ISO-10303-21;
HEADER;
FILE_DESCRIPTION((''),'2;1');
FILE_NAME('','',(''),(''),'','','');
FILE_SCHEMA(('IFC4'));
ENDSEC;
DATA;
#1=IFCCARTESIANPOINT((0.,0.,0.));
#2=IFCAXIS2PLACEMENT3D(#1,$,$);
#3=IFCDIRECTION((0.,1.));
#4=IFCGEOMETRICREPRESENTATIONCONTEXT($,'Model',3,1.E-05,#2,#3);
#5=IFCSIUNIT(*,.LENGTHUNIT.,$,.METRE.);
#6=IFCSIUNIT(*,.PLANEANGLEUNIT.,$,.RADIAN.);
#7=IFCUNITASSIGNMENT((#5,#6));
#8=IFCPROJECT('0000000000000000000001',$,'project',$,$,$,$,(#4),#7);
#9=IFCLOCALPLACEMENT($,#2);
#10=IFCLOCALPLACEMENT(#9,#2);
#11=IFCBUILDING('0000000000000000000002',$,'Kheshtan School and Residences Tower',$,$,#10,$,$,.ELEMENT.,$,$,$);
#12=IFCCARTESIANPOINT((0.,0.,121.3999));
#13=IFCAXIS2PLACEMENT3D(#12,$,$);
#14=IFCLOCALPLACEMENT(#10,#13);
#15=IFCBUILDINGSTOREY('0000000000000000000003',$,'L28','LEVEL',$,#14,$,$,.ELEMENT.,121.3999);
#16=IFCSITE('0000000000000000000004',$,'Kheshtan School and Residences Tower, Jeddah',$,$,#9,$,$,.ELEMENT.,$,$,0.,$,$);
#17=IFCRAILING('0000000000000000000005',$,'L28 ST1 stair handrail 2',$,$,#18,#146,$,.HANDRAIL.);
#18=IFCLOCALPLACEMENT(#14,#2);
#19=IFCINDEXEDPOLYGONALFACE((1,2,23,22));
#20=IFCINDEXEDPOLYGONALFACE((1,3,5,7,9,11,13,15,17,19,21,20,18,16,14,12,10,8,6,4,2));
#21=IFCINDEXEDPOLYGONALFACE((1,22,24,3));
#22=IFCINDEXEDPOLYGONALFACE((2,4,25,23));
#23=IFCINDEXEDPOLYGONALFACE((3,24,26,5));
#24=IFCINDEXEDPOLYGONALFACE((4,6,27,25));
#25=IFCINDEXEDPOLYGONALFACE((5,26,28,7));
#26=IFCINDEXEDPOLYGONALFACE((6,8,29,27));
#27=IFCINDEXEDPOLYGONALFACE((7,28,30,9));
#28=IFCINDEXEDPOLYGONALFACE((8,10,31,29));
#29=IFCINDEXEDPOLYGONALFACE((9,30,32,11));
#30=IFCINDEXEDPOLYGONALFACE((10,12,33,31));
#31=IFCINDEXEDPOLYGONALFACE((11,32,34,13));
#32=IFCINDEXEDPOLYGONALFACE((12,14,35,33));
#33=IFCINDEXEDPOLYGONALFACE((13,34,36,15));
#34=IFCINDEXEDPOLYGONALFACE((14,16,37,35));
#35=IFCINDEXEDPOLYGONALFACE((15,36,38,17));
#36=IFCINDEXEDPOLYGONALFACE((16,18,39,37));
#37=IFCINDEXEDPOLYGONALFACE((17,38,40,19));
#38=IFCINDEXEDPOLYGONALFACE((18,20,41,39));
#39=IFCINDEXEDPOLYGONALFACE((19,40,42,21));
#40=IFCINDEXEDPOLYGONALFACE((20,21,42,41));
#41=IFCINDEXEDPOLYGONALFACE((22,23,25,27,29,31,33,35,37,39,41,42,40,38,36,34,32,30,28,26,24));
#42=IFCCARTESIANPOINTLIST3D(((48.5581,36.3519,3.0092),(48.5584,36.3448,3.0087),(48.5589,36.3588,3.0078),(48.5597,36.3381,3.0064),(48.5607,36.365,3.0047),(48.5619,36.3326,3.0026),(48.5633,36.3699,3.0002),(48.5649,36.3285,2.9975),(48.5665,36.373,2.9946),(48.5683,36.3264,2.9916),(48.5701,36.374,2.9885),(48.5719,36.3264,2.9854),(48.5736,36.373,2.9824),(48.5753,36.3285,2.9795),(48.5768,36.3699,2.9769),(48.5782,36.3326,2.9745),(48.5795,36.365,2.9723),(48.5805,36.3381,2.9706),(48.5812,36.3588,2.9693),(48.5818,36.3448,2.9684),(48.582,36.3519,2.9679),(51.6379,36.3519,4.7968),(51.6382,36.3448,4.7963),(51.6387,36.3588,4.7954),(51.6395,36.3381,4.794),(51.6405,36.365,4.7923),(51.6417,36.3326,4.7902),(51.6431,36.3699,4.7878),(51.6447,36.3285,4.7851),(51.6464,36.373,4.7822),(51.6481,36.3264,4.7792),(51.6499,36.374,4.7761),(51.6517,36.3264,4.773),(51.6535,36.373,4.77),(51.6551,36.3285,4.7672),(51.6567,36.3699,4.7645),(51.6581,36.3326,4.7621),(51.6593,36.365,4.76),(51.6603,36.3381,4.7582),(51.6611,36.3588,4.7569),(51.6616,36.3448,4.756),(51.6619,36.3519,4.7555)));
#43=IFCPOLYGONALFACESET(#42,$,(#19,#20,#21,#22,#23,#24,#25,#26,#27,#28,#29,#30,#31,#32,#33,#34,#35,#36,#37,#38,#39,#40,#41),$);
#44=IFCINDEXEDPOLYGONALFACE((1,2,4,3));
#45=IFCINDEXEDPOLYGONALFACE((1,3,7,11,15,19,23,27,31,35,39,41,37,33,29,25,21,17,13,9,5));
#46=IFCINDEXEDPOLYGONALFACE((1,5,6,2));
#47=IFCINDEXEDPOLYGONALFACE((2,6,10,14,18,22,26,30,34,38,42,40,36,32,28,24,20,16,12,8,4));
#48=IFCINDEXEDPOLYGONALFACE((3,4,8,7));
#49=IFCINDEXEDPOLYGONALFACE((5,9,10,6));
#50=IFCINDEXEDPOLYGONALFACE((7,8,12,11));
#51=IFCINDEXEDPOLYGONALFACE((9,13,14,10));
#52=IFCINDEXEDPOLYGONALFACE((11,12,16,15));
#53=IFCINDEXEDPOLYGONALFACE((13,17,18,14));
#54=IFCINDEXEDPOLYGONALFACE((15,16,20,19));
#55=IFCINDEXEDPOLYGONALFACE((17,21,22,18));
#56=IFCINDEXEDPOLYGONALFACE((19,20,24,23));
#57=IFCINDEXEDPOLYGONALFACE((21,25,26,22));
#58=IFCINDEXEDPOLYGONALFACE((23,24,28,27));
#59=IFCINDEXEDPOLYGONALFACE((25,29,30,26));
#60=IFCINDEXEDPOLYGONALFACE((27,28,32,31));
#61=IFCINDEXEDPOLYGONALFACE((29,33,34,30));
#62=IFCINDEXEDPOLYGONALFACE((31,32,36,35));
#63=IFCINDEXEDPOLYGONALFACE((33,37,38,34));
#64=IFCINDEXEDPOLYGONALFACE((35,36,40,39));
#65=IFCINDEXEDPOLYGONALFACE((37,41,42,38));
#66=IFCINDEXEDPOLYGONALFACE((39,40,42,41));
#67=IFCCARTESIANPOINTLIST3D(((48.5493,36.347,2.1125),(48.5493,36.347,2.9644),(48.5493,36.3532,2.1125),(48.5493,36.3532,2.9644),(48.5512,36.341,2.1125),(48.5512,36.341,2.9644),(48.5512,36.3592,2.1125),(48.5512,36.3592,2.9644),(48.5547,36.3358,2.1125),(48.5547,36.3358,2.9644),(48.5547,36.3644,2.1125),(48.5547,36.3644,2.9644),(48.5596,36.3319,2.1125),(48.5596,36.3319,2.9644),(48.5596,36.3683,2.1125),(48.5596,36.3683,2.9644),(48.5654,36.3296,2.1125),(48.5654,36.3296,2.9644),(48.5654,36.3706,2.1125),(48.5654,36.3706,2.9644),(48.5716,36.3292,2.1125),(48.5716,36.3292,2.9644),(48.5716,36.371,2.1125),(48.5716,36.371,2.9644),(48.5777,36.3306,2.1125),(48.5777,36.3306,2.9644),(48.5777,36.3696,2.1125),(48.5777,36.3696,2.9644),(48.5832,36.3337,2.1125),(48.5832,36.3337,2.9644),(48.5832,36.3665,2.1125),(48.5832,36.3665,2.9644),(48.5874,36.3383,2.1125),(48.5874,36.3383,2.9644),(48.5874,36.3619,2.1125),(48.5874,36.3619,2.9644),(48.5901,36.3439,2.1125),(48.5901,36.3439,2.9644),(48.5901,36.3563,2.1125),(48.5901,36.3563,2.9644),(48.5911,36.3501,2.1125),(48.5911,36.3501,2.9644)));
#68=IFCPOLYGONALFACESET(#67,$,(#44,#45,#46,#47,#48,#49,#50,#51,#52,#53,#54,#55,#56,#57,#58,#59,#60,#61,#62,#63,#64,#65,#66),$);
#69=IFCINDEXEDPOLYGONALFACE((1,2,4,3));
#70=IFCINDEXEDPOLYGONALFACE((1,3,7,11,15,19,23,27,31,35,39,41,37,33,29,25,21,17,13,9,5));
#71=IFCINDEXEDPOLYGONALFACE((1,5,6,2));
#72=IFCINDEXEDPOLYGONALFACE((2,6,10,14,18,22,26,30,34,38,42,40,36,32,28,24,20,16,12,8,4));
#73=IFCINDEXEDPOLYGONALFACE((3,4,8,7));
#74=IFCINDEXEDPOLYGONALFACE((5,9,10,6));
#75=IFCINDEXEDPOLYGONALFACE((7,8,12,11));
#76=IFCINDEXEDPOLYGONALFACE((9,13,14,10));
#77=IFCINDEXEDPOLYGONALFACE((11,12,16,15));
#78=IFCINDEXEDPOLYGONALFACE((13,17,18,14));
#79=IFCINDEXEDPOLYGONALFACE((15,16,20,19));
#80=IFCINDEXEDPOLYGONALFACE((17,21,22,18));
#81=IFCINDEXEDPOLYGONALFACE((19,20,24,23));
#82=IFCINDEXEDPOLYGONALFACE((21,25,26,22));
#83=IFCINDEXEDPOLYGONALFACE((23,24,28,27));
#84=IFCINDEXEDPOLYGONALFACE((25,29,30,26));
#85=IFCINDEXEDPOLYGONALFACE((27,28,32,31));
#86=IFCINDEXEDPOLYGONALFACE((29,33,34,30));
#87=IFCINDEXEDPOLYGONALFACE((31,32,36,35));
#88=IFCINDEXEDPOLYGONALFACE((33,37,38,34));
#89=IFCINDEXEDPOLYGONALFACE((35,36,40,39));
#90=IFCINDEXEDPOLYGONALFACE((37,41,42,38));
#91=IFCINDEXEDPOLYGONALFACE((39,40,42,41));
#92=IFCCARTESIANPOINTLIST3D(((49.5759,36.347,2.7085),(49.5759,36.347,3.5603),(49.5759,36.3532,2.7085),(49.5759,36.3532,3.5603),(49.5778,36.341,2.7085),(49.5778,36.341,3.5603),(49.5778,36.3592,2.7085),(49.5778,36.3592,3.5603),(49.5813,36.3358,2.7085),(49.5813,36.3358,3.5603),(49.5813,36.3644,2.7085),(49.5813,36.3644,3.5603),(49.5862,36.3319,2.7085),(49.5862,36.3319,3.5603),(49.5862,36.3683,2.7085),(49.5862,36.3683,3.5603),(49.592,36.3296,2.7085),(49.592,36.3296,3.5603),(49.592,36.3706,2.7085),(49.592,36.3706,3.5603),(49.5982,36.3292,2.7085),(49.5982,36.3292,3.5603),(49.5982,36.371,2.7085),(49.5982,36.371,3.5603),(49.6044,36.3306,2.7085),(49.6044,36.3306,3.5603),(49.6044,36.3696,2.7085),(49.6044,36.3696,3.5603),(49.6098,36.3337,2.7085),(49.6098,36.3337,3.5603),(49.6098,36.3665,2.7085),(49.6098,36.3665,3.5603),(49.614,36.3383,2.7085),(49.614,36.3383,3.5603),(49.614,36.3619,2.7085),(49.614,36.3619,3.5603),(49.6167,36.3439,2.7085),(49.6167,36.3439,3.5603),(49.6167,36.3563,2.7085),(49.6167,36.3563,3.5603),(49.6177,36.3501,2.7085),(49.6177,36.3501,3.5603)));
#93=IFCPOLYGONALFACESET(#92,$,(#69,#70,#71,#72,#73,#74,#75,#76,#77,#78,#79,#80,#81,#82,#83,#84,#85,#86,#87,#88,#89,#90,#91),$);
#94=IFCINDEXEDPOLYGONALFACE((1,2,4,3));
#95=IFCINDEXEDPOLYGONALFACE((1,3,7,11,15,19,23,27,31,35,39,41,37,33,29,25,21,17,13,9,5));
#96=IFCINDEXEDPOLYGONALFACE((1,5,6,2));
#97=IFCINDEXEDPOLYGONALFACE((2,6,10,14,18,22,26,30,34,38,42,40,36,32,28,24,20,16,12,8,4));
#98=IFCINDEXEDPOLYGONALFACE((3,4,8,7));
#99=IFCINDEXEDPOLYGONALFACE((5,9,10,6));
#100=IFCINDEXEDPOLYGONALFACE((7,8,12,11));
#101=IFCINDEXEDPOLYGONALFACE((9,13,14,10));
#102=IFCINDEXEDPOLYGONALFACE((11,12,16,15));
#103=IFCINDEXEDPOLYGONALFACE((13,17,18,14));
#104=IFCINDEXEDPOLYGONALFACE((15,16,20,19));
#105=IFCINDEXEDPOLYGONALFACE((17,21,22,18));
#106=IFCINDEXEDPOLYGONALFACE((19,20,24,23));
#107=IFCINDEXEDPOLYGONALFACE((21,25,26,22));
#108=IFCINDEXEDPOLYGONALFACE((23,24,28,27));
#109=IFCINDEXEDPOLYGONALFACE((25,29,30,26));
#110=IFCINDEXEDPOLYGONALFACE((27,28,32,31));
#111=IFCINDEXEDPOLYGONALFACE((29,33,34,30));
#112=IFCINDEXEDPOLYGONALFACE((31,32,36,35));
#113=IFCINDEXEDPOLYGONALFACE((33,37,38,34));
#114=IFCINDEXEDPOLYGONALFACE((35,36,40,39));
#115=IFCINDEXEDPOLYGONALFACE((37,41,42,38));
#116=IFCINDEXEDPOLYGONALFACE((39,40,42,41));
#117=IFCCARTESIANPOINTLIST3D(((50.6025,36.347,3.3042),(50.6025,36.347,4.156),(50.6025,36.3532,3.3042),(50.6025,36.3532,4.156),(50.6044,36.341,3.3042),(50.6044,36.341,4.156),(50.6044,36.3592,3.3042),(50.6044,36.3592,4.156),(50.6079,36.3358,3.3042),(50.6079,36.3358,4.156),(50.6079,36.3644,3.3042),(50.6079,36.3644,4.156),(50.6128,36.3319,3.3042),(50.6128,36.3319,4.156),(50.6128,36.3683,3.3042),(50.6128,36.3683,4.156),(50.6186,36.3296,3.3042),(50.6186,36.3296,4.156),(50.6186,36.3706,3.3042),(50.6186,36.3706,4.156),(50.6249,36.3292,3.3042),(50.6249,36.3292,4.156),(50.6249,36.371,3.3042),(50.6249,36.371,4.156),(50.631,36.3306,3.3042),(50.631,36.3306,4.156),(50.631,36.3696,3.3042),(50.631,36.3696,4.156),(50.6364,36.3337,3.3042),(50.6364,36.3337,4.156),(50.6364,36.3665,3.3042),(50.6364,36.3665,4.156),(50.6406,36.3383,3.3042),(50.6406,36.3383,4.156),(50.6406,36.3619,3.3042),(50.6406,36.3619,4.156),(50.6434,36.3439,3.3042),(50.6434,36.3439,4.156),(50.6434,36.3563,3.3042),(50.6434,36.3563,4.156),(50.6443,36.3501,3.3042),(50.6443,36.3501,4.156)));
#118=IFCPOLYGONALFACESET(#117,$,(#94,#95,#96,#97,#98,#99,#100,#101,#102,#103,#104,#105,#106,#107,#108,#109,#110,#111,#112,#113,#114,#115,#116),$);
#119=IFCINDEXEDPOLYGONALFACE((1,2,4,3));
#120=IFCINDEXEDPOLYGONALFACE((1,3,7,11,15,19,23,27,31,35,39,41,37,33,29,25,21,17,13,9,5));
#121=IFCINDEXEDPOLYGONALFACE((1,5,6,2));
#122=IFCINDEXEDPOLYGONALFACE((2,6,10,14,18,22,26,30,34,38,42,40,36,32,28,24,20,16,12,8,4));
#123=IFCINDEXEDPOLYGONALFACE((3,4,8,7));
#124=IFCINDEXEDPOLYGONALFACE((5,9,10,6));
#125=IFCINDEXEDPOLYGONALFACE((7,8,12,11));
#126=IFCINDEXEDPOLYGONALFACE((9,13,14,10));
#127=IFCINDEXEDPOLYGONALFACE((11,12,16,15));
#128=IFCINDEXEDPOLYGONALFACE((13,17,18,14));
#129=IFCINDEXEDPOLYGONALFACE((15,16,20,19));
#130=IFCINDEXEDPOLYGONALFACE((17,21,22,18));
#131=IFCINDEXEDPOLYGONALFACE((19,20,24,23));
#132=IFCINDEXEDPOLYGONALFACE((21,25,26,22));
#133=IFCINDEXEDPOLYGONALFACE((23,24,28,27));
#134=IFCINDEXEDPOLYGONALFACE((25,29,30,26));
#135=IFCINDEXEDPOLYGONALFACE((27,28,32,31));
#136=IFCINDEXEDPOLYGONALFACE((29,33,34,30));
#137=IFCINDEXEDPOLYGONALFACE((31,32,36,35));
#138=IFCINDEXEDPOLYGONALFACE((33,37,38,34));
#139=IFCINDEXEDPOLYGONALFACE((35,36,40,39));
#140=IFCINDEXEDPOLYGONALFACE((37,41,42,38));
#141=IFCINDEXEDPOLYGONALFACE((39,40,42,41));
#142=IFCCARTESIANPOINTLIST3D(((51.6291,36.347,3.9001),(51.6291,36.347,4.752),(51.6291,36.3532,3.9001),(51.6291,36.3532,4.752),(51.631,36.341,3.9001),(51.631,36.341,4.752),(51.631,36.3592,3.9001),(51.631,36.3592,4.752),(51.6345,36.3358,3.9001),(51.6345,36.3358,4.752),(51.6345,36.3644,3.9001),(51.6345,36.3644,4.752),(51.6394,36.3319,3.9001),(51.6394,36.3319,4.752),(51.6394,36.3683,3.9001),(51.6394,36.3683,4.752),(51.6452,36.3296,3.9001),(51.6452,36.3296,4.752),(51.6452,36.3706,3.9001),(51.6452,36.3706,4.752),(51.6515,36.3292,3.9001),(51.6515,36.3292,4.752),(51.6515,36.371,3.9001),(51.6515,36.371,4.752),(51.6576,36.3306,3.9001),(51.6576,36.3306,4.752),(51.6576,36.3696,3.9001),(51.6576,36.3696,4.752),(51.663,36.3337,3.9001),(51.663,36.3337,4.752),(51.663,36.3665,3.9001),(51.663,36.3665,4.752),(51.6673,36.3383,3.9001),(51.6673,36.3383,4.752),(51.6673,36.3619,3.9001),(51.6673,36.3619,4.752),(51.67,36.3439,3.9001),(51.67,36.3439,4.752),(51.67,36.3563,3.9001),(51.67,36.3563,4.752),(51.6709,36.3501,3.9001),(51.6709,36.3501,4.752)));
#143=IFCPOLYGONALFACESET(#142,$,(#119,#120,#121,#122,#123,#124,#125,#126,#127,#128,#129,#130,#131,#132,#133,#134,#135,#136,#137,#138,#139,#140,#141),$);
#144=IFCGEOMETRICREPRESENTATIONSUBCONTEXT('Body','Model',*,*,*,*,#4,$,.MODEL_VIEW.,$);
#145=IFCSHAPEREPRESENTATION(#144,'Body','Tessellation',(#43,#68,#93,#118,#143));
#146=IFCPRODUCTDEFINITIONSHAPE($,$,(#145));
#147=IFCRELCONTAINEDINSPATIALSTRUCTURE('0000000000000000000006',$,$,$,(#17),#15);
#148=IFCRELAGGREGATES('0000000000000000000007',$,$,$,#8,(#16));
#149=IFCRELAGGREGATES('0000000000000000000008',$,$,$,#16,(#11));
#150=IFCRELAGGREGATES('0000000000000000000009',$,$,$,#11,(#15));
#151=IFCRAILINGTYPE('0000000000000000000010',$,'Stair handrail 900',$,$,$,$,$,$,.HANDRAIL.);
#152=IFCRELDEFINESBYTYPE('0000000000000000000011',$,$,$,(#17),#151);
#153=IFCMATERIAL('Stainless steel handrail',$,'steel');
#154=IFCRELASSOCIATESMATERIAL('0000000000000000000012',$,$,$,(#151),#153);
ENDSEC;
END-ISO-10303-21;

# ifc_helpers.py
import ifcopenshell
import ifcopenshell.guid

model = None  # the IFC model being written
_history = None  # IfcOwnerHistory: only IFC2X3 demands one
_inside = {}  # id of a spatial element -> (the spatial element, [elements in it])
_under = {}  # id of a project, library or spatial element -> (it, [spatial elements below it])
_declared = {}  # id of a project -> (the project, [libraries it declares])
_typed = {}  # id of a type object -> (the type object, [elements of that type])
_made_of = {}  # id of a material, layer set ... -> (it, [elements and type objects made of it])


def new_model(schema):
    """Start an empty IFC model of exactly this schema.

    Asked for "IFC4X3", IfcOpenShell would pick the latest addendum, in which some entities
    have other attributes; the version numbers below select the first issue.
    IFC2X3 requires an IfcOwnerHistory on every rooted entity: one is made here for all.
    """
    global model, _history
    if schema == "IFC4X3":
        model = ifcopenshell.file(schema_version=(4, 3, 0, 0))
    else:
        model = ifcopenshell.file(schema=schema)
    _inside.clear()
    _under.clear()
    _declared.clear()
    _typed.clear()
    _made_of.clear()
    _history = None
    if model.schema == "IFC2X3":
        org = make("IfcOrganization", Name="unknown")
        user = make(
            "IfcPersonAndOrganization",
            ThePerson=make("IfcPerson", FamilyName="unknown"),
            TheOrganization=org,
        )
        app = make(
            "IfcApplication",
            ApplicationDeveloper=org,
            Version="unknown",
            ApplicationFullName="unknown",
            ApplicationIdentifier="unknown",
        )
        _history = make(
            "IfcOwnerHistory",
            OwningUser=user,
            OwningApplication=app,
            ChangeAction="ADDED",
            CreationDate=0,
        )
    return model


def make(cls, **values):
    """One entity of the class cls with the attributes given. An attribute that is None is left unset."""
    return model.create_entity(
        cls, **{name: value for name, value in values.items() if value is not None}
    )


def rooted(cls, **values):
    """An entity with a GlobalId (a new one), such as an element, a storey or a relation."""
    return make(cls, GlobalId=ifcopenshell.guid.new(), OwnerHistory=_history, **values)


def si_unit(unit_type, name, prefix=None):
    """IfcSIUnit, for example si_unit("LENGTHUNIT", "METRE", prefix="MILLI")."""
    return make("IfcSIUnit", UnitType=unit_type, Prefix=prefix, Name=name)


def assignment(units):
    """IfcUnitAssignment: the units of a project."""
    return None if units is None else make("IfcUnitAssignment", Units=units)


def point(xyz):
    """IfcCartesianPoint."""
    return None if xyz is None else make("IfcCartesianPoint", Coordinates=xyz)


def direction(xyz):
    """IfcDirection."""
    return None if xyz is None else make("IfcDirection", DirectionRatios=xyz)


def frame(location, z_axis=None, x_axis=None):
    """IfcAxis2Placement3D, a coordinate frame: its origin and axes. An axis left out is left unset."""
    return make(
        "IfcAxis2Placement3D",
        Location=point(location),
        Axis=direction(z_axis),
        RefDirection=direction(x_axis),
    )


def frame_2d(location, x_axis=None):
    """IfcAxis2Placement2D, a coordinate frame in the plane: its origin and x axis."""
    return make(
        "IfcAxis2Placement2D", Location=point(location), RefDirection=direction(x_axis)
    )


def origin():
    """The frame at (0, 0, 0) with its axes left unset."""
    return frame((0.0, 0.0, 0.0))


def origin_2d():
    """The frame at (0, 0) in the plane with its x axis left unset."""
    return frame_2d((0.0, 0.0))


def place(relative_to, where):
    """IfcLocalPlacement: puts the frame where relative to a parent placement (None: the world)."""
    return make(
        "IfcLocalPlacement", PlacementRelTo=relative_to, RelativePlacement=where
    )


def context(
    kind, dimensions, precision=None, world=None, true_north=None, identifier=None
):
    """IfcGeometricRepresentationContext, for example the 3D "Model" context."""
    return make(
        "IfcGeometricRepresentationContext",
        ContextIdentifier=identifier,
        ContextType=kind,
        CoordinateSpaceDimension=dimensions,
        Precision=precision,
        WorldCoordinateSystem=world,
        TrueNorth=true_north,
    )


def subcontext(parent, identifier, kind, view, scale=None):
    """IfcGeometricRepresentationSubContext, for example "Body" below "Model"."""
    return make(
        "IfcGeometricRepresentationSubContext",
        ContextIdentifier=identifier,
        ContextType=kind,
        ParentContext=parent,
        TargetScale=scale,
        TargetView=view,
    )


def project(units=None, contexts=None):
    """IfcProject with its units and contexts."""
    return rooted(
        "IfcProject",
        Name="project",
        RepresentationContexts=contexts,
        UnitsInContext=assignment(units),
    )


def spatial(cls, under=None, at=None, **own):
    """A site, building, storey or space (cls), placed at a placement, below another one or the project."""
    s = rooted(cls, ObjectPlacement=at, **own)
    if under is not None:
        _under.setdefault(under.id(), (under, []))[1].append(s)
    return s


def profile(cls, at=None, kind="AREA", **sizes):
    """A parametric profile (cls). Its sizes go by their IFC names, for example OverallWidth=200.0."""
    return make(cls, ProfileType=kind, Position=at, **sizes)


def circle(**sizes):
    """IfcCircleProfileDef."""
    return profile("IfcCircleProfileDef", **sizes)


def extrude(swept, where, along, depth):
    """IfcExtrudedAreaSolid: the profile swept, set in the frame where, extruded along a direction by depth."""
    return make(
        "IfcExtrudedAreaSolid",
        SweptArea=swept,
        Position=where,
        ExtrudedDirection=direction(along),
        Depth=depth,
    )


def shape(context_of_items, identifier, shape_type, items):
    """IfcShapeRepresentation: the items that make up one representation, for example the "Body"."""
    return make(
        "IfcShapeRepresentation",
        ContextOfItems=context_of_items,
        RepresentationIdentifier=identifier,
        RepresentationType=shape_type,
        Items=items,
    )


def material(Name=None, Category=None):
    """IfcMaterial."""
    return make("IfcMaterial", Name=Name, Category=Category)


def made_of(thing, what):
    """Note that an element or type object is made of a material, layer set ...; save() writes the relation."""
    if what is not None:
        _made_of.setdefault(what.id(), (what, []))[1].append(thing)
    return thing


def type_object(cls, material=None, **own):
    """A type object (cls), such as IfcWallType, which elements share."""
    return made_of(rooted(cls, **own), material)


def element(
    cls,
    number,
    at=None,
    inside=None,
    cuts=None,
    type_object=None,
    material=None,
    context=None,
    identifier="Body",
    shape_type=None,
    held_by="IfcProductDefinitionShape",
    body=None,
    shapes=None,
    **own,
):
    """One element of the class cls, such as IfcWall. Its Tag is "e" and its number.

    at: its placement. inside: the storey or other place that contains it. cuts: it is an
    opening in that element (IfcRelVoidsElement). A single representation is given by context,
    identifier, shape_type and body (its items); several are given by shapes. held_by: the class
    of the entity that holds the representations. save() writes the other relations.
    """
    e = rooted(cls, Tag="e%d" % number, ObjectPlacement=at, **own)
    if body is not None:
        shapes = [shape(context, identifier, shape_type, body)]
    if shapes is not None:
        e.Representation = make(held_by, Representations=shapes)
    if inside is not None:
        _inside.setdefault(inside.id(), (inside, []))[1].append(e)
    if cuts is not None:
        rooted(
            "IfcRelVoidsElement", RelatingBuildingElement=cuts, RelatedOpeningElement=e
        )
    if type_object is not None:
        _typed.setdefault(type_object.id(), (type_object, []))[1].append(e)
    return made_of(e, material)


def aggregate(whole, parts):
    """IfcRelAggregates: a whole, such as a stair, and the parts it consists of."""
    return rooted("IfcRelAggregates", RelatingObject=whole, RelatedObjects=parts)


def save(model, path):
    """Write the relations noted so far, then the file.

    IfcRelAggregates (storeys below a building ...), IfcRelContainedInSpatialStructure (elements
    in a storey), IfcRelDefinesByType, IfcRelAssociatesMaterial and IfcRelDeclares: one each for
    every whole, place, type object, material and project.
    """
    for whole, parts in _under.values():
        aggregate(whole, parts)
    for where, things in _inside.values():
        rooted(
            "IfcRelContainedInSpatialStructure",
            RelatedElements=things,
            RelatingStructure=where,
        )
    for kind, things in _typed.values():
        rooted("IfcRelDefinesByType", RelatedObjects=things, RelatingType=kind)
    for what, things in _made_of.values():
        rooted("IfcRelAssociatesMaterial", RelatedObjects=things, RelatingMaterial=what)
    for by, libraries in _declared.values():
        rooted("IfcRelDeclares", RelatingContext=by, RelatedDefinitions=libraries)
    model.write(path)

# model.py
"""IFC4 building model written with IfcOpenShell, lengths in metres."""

from ifc_helpers import new_model, si_unit, direction, frame, origin, origin_2d, place, context, subcontext, project, spatial, circle, extrude, material, type_object, element, save


model = new_model("IFC4")

# Units and contexts
model_context = context("Model", 3, precision=1e-05, world=origin(), true_north=direction((0.0, 1.0)))
body_context = subcontext(model_context, "Body", "Model", "MODEL_VIEW")
ifc_project = project(units=[si_unit("LENGTHUNIT", "METRE"), si_unit("PLANEANGLEUNIT", "RADIAN")], contexts=[model_context])

# Site, building, storey
site_placement = place(None, origin())
site = spatial("IfcSite", under=ifc_project, at=site_placement, Name="Kheshtan School and Residences Tower, Jeddah", CompositionType="ELEMENT", RefElevation=0.0)
building_placement = place(site_placement, origin())
building = spatial("IfcBuilding", under=site, at=building_placement, Name="Kheshtan School and Residences Tower", CompositionType="ELEMENT")
storey_placement = place(building_placement, frame((0.0, 0.0, 121.3999)))
storey = spatial("IfcBuildingStorey", under=building, at=storey_placement, Name="L28", Description="LEVEL", CompositionType="ELEMENT", Elevation=121.3999)

# Railing
ifc_material_1 = material(Name="Stainless steel handrail", Category="steel")
railing_type_1 = type_object("IfcRailingType", Name="Stair handrail 900", PredefinedType="HANDRAIL", material=ifc_material_1)
railing_1_placement = place(storey_placement, frame((48.5701, 36.3501, 2.1125)))
element("IfcRailing", 1, at=railing_1_placement, inside=storey, type_object=railing_type_1, Name="L28 ST1 stair handrail 2", PredefinedType="HANDRAIL", context=body_context, shape_type="SweptSolid", body=[
    extrude(circle(Radius=0.0239, at=origin_2d()), frame((0.0, 0.0, 0.876), z_axis=(0.864873, 0.0, 0.50199), x_axis=(0.0, 1.0, 0.0)), (0.0, 0.0, 1.0), 3.561),
    extrude(circle(Radius=0.021, at=origin_2d()), origin(), (0.0, 0.0, 1.0), 0.8518),
    extrude(circle(Radius=0.021, at=origin_2d()), frame((1.0266, 0.0, 0.5959)), (0.0, 0.0, 1.0), 0.8518),
    extrude(circle(Radius=0.021, at=origin_2d()), frame((2.0532, 0.0, 1.1917)), (0.0, 0.0, 1.0), 0.8518),
    extrude(circle(Radius=0.021, at=origin_2d()), frame((3.0798, 0.0, 1.7876)), (0.0, 0.0, 1.0), 0.8518),
])

save(model, "model.ifc")
